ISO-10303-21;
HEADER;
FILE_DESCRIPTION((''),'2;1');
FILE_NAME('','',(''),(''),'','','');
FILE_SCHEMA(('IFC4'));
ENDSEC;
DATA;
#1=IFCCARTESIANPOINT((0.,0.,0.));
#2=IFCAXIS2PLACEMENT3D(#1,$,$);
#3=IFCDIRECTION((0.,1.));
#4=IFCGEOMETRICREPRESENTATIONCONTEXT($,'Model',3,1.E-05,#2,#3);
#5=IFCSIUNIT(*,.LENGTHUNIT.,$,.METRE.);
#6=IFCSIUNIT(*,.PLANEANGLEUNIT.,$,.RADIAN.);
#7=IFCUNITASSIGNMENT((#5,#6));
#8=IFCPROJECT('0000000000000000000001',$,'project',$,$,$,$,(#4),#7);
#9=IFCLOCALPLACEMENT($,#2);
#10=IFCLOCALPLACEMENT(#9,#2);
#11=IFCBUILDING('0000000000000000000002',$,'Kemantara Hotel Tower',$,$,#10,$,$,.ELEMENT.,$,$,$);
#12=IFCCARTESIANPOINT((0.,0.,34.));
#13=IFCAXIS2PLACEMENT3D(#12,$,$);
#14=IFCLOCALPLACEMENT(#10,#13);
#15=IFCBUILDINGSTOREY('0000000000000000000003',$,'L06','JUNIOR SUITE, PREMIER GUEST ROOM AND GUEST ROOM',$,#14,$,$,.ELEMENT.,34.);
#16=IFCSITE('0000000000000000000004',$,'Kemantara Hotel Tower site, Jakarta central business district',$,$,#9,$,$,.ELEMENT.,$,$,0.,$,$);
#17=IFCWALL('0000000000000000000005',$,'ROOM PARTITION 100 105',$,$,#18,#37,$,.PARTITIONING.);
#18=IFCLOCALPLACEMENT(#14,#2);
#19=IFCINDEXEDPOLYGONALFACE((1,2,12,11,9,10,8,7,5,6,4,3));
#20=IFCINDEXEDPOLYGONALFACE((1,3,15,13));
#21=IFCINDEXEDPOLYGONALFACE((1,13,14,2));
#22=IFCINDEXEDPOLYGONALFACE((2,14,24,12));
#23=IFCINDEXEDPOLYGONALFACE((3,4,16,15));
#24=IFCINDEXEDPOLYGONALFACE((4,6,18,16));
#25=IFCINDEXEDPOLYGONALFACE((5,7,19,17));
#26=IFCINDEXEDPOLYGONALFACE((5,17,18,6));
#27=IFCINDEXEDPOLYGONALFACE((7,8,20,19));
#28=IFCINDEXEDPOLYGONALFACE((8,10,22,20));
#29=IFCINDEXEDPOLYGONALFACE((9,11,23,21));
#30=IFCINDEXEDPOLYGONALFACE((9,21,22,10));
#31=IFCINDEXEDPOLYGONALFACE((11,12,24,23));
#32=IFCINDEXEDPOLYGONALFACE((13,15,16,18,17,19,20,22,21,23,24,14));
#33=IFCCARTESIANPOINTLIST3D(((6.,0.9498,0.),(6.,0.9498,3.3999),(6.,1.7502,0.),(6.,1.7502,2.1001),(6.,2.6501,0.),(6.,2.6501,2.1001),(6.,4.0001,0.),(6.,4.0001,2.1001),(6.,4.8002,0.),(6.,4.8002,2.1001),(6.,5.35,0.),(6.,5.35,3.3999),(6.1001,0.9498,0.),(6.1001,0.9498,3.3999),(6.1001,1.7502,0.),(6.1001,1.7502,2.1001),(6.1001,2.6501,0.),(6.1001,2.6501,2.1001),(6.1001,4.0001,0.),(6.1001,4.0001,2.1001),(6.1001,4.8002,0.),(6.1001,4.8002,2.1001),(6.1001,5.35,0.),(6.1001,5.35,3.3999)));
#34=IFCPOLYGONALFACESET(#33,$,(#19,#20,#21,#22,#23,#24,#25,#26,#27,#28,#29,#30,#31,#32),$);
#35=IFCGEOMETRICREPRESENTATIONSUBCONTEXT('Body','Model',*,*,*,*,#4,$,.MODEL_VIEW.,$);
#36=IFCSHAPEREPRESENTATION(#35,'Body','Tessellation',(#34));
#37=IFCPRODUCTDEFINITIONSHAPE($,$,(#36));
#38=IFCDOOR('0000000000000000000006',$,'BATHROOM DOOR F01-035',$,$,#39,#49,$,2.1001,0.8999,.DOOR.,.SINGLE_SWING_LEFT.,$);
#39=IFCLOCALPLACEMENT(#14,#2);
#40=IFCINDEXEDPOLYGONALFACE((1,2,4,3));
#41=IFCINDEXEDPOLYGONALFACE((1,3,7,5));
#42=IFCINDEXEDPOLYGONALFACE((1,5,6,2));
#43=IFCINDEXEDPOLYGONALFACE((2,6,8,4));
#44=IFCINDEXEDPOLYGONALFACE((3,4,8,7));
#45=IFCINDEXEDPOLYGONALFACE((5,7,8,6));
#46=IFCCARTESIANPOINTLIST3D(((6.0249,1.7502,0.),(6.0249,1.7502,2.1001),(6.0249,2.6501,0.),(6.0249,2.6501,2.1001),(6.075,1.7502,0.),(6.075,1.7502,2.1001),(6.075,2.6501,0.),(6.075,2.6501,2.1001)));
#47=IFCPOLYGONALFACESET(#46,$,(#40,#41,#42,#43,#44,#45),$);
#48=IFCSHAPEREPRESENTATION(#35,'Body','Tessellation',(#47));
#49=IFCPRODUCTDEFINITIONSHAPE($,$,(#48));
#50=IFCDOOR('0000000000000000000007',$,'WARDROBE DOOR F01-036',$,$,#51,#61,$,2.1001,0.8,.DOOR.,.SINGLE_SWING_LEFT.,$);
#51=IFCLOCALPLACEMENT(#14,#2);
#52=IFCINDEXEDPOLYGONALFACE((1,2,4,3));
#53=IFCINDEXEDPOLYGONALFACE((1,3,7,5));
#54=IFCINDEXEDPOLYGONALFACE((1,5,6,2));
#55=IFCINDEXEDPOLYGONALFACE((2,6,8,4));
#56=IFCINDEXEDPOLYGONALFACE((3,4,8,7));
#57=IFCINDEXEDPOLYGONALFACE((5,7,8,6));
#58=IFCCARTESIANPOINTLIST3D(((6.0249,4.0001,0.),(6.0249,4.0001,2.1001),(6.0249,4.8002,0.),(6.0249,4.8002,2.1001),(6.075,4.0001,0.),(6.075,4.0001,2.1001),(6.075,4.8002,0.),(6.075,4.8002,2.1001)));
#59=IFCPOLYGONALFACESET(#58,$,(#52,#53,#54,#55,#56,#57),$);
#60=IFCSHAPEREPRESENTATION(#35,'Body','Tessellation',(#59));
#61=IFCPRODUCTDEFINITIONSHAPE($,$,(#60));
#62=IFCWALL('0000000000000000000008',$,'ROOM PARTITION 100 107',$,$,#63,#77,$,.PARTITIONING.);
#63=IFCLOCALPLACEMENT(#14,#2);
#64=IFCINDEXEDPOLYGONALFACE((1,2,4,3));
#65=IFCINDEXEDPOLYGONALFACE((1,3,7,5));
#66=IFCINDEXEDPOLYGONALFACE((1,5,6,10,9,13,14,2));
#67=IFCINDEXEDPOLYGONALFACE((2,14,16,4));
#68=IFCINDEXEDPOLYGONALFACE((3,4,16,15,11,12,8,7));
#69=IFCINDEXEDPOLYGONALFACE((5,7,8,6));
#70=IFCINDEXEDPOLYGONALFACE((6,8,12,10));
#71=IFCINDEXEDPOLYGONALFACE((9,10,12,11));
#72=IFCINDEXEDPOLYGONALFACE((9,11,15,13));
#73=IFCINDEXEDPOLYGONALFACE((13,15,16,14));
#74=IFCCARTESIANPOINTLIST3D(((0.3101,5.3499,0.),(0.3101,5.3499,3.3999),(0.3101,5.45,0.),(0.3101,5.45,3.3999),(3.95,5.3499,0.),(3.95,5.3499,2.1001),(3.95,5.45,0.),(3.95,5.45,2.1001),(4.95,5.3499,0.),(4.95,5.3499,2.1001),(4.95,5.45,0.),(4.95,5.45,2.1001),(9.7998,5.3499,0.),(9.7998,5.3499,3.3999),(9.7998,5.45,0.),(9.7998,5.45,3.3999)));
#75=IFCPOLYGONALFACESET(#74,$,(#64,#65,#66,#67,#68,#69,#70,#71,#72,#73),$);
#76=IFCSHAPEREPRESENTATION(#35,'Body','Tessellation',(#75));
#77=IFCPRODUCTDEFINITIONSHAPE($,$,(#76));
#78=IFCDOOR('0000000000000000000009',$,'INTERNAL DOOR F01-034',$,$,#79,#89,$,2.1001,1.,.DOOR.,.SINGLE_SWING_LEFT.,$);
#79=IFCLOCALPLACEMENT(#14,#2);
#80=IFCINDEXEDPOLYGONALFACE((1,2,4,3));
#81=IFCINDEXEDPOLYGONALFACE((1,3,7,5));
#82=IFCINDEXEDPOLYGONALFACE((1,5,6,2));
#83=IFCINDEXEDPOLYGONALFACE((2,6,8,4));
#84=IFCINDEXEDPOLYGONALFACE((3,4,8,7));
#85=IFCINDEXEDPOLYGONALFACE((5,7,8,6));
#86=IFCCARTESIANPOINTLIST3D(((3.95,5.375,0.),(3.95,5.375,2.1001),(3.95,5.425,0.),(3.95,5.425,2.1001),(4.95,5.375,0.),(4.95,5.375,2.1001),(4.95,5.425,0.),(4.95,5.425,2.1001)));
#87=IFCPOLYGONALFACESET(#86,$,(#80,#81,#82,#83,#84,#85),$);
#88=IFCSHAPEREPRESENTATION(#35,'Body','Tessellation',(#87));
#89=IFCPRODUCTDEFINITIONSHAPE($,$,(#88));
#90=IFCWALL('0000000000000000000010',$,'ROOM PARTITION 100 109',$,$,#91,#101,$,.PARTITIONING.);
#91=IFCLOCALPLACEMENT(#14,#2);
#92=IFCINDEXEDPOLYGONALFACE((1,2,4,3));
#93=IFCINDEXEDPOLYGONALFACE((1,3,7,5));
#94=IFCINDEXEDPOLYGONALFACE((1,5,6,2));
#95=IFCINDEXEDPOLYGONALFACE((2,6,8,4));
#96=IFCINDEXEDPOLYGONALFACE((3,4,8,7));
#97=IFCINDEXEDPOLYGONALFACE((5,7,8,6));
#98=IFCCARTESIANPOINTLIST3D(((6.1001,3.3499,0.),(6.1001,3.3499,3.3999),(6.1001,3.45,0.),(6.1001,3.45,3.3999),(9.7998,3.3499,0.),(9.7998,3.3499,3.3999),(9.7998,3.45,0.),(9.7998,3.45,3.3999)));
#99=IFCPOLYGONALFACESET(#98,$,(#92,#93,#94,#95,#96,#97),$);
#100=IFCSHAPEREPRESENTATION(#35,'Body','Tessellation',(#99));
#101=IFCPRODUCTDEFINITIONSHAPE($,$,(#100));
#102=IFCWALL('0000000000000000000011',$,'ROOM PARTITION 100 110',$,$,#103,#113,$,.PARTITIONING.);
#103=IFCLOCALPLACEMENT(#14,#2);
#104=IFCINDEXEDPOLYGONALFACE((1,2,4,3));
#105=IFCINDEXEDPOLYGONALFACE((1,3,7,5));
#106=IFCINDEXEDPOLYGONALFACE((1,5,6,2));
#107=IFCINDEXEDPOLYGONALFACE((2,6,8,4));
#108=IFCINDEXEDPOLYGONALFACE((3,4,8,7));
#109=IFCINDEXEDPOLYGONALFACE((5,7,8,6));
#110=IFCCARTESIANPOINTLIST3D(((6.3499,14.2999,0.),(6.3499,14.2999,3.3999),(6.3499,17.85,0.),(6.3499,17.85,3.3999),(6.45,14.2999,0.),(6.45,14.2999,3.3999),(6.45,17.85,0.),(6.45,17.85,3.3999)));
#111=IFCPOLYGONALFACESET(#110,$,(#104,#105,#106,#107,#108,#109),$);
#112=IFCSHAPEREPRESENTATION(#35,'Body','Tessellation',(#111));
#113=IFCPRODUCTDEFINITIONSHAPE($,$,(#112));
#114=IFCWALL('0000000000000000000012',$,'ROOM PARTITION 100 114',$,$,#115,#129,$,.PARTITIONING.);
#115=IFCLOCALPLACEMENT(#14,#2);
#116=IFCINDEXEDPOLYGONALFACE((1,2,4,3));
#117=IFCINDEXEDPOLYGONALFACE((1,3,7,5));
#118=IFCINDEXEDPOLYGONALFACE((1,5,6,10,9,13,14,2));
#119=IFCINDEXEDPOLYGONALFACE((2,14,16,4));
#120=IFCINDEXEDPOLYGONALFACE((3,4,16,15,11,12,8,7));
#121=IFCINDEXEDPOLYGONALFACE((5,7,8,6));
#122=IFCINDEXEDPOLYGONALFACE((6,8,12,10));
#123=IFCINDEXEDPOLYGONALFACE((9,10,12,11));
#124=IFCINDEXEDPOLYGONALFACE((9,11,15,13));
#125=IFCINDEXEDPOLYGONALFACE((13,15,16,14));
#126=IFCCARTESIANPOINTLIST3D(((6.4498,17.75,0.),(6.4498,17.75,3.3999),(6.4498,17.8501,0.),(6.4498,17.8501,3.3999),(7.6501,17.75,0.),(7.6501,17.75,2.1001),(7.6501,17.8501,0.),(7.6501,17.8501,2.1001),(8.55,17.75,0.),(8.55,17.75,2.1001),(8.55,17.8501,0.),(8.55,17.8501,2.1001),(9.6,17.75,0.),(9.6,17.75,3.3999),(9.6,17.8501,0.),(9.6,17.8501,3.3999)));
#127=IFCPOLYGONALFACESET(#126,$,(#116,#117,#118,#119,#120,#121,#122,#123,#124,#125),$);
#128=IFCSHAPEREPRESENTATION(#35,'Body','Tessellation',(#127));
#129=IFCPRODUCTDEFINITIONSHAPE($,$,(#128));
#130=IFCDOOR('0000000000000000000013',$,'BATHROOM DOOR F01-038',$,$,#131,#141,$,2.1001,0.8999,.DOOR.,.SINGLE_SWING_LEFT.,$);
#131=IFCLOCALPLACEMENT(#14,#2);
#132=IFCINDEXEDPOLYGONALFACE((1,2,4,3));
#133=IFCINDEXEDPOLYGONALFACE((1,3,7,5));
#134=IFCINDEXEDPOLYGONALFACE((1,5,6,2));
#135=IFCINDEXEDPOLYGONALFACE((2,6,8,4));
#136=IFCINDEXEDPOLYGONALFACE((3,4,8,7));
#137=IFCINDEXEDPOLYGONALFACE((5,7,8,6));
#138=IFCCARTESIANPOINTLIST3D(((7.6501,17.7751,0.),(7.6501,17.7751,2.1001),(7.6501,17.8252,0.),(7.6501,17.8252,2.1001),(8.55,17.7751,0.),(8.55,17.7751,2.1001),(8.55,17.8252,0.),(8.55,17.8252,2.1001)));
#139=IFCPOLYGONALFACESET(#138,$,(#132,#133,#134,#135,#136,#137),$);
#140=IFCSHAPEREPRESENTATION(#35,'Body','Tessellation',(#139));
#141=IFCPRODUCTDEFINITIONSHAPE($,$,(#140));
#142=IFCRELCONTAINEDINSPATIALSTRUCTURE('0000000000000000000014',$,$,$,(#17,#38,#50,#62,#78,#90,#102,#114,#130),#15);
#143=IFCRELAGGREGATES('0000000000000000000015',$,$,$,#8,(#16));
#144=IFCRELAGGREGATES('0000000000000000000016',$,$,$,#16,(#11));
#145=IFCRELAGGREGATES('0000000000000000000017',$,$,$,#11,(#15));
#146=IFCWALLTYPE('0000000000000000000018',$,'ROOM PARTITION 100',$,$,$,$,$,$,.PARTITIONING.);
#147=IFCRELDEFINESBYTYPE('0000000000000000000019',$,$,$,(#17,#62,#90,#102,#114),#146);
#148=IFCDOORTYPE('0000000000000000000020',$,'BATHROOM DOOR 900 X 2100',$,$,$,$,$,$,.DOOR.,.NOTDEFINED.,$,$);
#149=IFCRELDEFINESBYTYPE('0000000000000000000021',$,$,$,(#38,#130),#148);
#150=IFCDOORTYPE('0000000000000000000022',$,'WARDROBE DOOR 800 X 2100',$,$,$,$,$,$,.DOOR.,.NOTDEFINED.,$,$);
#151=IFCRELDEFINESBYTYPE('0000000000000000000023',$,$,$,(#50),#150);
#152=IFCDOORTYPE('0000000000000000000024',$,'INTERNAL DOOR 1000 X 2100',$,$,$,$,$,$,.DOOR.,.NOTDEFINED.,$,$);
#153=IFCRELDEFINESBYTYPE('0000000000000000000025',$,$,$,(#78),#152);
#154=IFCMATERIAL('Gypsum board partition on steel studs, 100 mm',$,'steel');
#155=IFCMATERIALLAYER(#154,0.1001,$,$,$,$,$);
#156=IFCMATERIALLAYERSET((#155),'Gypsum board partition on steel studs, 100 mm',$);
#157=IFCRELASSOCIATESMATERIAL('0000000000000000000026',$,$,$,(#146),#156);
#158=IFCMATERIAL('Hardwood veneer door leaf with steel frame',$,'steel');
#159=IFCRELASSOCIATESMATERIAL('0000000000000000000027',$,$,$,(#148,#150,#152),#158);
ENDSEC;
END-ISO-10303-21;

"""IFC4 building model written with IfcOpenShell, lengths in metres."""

from ifc_helpers import new_model, si_unit, direction, frame, frame_2d, origin, place, context, subcontext, project, spatial, rectangle, extrude, material, layer, layer_set, type_object, element, fill, save


model = new_model("IFC4")

# Units and contexts
model_context = context("Model", 3, precision=1e-05, world=origin(), true_north=direction((0.0, 1.0)))
body_context = subcontext(model_context, "Body", "Model", "MODEL_VIEW")
ifc_project = project(units=[si_unit("LENGTHUNIT", "METRE"), si_unit("PLANEANGLEUNIT", "RADIAN")], contexts=[model_context])

# Site, building, storey
site_placement = place(None, origin())
site = spatial("IfcSite", under=ifc_project, at=site_placement, Name="Kemantara Hotel Tower site, Jakarta central business district", CompositionType="ELEMENT", RefElevation=0.0)
building_placement = place(site_placement, origin())
building = spatial("IfcBuilding", under=site, at=building_placement, Name="Kemantara Hotel Tower", CompositionType="ELEMENT")
storey_placement = place(building_placement, frame((0.0, 0.0, 34.0)))
storey = spatial("IfcBuildingStorey", under=building, at=storey_placement, Name="L06", Description="JUNIOR SUITE, PREMIER GUEST ROOM AND GUEST ROOM", CompositionType="ELEMENT", Elevation=34.0)

# Shared definitions
ifc_material_1 = material(Name="Hardwood veneer door leaf with steel frame", Category="steel")

# Wall, openings, doors
ifc_material_2 = material(Name="Gypsum board partition on steel studs, 100 mm", Category="steel")
ifc_layer_1 = layer(ifc_material_2, 0.1001)
ifc_layer_set_1 = layer_set([ifc_layer_1], Name="Gypsum board partition on steel studs, 100 mm")
wall_type_1 = type_object("IfcWallType", Name="ROOM PARTITION 100", PredefinedType="PARTITIONING", material=ifc_layer_set_1)
wall_1_placement = place(storey_placement, frame((6.05, 5.3501, 0.0), z_axis=(0.0, 0.0, 1.0), x_axis=(0.0, -1.0, 0.0)))
wall_1 = element("IfcWall", 1, at=wall_1_placement, inside=storey, type_object=wall_type_1, Name="ROOM PARTITION 100 105", PredefinedType="PARTITIONING", context=body_context, shape_type="SweptSolid", body=[
    extrude(rectangle(XDim=4.4001, YDim=0.1001, at=frame_2d((2.2002, 0.0))), origin(), (0.0, 0.0, 1.0), 3.3999),
])
opening_1_placement = place(wall_1_placement, frame((2.7, 0.0, 0.0)))
opening_1 = element("IfcOpeningElement", 2, at=opening_1_placement, cuts=wall_1, PredefinedType="OPENING", context=body_context, shape_type="SweptSolid", body=[
    extrude(rectangle(XDim=0.8999, YDim=2.1001, at=frame_2d((0.45, 1.05))), frame((0.0, 0.0601, 0.0), z_axis=(0.0, -1.0, 0.0), x_axis=(1.0, 0.0, 0.0)), (0.0, 0.0, 1.0), 0.1201),
])
opening_2_placement = place(wall_1_placement, frame((0.55, 0.0, 0.0)))
opening_2 = element("IfcOpeningElement", 3, at=opening_2_placement, cuts=wall_1, PredefinedType="OPENING", context=body_context, shape_type="SweptSolid", body=[
    extrude(rectangle(XDim=0.8, YDim=2.1001, at=frame_2d((0.3999, 1.05))), frame((0.0, 0.0601, 0.0), z_axis=(0.0, -1.0, 0.0), x_axis=(1.0, 0.0, 0.0)), (0.0, 0.0, 1.0), 0.1201),
])
door_type_1 = type_object("IfcDoorType", Name="BATHROOM DOOR 900 X 2100", OperationType="NOTDEFINED", PredefinedType="DOOR", material=ifc_material_1)
door_1_placement = place(opening_1_placement, origin())
door_1 = element("IfcDoor", 4, at=door_1_placement, inside=storey, type_object=door_type_1, Name="BATHROOM DOOR F01-035", OperationType="SINGLE_SWING_LEFT", OverallHeight=2.1001, OverallWidth=0.8999, PredefinedType="DOOR", context=body_context, shape_type="SweptSolid", body=[
    extrude(rectangle(XDim=0.8999, YDim=2.1001, at=frame_2d((0.45, 1.05))), frame((0.0, 0.0249, 0.0), z_axis=(0.0, -1.0, 0.0), x_axis=(1.0, 0.0, 0.0)), (0.0, 0.0, 1.0), 0.05),
])
fill(opening_1, door_1)
door_type_2 = type_object("IfcDoorType", Name="WARDROBE DOOR 800 X 2100", OperationType="NOTDEFINED", PredefinedType="DOOR", material=ifc_material_1)
door_2_placement = place(opening_2_placement, origin())
door_2 = element("IfcDoor", 5, at=door_2_placement, inside=storey, type_object=door_type_2, Name="WARDROBE DOOR F01-036", OperationType="SINGLE_SWING_LEFT", OverallHeight=2.1001, OverallWidth=0.8, PredefinedType="DOOR", context=body_context, shape_type="SweptSolid", body=[
    extrude(rectangle(XDim=0.8, YDim=2.1001, at=frame_2d((0.3999, 1.05))), frame((0.0, 0.0249, 0.0), z_axis=(0.0, -1.0, 0.0), x_axis=(1.0, 0.0, 0.0)), (0.0, 0.0, 1.0), 0.05),
])
fill(opening_2, door_2)

# Wall, opening, door
wall_2_placement = place(storey_placement, frame((9.7998, 5.3999, 0.0), z_axis=(0.0, 0.0, 1.0), x_axis=(-1.0, 0.0, 0.0)))
wall_2 = element("IfcWall", 6, at=wall_2_placement, inside=storey, type_object=wall_type_1, Name="ROOM PARTITION 100 107", PredefinedType="PARTITIONING", context=body_context, shape_type="SweptSolid", body=[
    extrude(rectangle(XDim=9.4897, YDim=0.1001, at=frame_2d((4.7449, 0.0))), origin(), (0.0, 0.0, 1.0), 3.3999),
])
opening_3_placement = place(wall_2_placement, frame((4.8499, 0.0, 0.0)))
opening_3 = element("IfcOpeningElement", 7, at=opening_3_placement, cuts=wall_2, PredefinedType="OPENING", context=body_context, shape_type="SweptSolid", body=[
    extrude(rectangle(XDim=1.0, YDim=2.1001, at=frame_2d((0.5, 1.05))), frame((0.0, 0.0601, 0.0), z_axis=(0.0, -1.0, 0.0), x_axis=(1.0, 0.0, 0.0)), (0.0, 0.0, 1.0), 0.1201),
])
door_type_3 = type_object("IfcDoorType", Name="INTERNAL DOOR 1000 X 2100", OperationType="NOTDEFINED", PredefinedType="DOOR", material=ifc_material_1)
door_3_placement = place(opening_3_placement, origin())
door_3 = element("IfcDoor", 8, at=door_3_placement, inside=storey, type_object=door_type_3, Name="INTERNAL DOOR F01-034", OperationType="SINGLE_SWING_LEFT", OverallHeight=2.1001, OverallWidth=1.0, PredefinedType="DOOR", context=body_context, shape_type="SweptSolid", body=[
    extrude(rectangle(XDim=1.0, YDim=2.1001, at=frame_2d((0.5, 1.05))), frame((0.0, 0.0249, 0.0), z_axis=(0.0, -1.0, 0.0), x_axis=(1.0, 0.0, 0.0)), (0.0, 0.0, 1.0), 0.05),
])
fill(opening_3, door_3)

# Walls
wall_3_placement = place(storey_placement, frame((6.1001, 3.3999, 0.0), z_axis=(0.0, 0.0, 1.0), x_axis=(1.0, 0.0, 0.0)))
element("IfcWall", 9, at=wall_3_placement, inside=storey, type_object=wall_type_1, Name="ROOM PARTITION 100 109", PredefinedType="PARTITIONING", context=body_context, shape_type="SweptSolid", body=[
    extrude(rectangle(XDim=3.6997, YDim=0.1001, at=frame_2d((1.8499, 0.0))), origin(), (0.0, 0.0, 1.0), 3.3999),
])
wall_4_placement = place(storey_placement, frame((6.3999, 14.3, 0.0), z_axis=(0.0, 0.0, 1.0), x_axis=(0.0, 1.0, 0.0)))
element("IfcWall", 10, at=wall_4_placement, inside=storey, type_object=wall_type_1, Name="ROOM PARTITION 100 110", PredefinedType="PARTITIONING", context=body_context, shape_type="SweptSolid", body=[
    extrude(rectangle(XDim=3.55, YDim=0.1001, at=frame_2d((1.7749, 0.0))), origin(), (0.0, 0.0, 1.0), 3.3999),
])

# Wall, opening, door
wall_5_placement = place(storey_placement, frame((9.6001, 17.8, 0.0), z_axis=(0.0, 0.0, 1.0), x_axis=(-1.0, 0.0, 0.0)))
wall_5 = element("IfcWall", 11, at=wall_5_placement, inside=storey, type_object=wall_type_1, Name="ROOM PARTITION 100 114", PredefinedType="PARTITIONING", context=body_context, shape_type="SweptSolid", body=[
    extrude(rectangle(XDim=3.1501, YDim=0.1001, at=frame_2d((1.5752, 0.0))), origin(), (0.0, 0.0, 1.0), 3.3999),
])
opening_4_placement = place(wall_5_placement, frame((1.05, 0.0, 0.0)))
opening_4 = element("IfcOpeningElement", 12, at=opening_4_placement, cuts=wall_5, PredefinedType="OPENING", context=body_context, shape_type="SweptSolid", body=[
    extrude(rectangle(XDim=0.8999, YDim=2.1001, at=frame_2d((0.45, 1.05))), frame((0.0, 0.0601, 0.0), z_axis=(0.0, -1.0, 0.0), x_axis=(1.0, 0.0, 0.0)), (0.0, 0.0, 1.0), 0.1201),
])
door_4_placement = place(opening_4_placement, origin())
door_4 = element("IfcDoor", 13, at=door_4_placement, inside=storey, type_object=door_type_1, Name="BATHROOM DOOR F01-038", OperationType="SINGLE_SWING_LEFT", OverallHeight=2.1001, OverallWidth=0.8999, PredefinedType="DOOR", context=body_context, shape_type="SweptSolid", body=[
    extrude(rectangle(XDim=0.8999, YDim=2.1001, at=frame_2d((0.45, 1.05))), frame((0.0, 0.0249, 0.0), z_axis=(0.0, -1.0, 0.0), x_axis=(1.0, 0.0, 0.0)), (0.0, 0.0, 1.0), 0.05),
])
fill(opening_4, door_4)

save(model, "model.ifc")
